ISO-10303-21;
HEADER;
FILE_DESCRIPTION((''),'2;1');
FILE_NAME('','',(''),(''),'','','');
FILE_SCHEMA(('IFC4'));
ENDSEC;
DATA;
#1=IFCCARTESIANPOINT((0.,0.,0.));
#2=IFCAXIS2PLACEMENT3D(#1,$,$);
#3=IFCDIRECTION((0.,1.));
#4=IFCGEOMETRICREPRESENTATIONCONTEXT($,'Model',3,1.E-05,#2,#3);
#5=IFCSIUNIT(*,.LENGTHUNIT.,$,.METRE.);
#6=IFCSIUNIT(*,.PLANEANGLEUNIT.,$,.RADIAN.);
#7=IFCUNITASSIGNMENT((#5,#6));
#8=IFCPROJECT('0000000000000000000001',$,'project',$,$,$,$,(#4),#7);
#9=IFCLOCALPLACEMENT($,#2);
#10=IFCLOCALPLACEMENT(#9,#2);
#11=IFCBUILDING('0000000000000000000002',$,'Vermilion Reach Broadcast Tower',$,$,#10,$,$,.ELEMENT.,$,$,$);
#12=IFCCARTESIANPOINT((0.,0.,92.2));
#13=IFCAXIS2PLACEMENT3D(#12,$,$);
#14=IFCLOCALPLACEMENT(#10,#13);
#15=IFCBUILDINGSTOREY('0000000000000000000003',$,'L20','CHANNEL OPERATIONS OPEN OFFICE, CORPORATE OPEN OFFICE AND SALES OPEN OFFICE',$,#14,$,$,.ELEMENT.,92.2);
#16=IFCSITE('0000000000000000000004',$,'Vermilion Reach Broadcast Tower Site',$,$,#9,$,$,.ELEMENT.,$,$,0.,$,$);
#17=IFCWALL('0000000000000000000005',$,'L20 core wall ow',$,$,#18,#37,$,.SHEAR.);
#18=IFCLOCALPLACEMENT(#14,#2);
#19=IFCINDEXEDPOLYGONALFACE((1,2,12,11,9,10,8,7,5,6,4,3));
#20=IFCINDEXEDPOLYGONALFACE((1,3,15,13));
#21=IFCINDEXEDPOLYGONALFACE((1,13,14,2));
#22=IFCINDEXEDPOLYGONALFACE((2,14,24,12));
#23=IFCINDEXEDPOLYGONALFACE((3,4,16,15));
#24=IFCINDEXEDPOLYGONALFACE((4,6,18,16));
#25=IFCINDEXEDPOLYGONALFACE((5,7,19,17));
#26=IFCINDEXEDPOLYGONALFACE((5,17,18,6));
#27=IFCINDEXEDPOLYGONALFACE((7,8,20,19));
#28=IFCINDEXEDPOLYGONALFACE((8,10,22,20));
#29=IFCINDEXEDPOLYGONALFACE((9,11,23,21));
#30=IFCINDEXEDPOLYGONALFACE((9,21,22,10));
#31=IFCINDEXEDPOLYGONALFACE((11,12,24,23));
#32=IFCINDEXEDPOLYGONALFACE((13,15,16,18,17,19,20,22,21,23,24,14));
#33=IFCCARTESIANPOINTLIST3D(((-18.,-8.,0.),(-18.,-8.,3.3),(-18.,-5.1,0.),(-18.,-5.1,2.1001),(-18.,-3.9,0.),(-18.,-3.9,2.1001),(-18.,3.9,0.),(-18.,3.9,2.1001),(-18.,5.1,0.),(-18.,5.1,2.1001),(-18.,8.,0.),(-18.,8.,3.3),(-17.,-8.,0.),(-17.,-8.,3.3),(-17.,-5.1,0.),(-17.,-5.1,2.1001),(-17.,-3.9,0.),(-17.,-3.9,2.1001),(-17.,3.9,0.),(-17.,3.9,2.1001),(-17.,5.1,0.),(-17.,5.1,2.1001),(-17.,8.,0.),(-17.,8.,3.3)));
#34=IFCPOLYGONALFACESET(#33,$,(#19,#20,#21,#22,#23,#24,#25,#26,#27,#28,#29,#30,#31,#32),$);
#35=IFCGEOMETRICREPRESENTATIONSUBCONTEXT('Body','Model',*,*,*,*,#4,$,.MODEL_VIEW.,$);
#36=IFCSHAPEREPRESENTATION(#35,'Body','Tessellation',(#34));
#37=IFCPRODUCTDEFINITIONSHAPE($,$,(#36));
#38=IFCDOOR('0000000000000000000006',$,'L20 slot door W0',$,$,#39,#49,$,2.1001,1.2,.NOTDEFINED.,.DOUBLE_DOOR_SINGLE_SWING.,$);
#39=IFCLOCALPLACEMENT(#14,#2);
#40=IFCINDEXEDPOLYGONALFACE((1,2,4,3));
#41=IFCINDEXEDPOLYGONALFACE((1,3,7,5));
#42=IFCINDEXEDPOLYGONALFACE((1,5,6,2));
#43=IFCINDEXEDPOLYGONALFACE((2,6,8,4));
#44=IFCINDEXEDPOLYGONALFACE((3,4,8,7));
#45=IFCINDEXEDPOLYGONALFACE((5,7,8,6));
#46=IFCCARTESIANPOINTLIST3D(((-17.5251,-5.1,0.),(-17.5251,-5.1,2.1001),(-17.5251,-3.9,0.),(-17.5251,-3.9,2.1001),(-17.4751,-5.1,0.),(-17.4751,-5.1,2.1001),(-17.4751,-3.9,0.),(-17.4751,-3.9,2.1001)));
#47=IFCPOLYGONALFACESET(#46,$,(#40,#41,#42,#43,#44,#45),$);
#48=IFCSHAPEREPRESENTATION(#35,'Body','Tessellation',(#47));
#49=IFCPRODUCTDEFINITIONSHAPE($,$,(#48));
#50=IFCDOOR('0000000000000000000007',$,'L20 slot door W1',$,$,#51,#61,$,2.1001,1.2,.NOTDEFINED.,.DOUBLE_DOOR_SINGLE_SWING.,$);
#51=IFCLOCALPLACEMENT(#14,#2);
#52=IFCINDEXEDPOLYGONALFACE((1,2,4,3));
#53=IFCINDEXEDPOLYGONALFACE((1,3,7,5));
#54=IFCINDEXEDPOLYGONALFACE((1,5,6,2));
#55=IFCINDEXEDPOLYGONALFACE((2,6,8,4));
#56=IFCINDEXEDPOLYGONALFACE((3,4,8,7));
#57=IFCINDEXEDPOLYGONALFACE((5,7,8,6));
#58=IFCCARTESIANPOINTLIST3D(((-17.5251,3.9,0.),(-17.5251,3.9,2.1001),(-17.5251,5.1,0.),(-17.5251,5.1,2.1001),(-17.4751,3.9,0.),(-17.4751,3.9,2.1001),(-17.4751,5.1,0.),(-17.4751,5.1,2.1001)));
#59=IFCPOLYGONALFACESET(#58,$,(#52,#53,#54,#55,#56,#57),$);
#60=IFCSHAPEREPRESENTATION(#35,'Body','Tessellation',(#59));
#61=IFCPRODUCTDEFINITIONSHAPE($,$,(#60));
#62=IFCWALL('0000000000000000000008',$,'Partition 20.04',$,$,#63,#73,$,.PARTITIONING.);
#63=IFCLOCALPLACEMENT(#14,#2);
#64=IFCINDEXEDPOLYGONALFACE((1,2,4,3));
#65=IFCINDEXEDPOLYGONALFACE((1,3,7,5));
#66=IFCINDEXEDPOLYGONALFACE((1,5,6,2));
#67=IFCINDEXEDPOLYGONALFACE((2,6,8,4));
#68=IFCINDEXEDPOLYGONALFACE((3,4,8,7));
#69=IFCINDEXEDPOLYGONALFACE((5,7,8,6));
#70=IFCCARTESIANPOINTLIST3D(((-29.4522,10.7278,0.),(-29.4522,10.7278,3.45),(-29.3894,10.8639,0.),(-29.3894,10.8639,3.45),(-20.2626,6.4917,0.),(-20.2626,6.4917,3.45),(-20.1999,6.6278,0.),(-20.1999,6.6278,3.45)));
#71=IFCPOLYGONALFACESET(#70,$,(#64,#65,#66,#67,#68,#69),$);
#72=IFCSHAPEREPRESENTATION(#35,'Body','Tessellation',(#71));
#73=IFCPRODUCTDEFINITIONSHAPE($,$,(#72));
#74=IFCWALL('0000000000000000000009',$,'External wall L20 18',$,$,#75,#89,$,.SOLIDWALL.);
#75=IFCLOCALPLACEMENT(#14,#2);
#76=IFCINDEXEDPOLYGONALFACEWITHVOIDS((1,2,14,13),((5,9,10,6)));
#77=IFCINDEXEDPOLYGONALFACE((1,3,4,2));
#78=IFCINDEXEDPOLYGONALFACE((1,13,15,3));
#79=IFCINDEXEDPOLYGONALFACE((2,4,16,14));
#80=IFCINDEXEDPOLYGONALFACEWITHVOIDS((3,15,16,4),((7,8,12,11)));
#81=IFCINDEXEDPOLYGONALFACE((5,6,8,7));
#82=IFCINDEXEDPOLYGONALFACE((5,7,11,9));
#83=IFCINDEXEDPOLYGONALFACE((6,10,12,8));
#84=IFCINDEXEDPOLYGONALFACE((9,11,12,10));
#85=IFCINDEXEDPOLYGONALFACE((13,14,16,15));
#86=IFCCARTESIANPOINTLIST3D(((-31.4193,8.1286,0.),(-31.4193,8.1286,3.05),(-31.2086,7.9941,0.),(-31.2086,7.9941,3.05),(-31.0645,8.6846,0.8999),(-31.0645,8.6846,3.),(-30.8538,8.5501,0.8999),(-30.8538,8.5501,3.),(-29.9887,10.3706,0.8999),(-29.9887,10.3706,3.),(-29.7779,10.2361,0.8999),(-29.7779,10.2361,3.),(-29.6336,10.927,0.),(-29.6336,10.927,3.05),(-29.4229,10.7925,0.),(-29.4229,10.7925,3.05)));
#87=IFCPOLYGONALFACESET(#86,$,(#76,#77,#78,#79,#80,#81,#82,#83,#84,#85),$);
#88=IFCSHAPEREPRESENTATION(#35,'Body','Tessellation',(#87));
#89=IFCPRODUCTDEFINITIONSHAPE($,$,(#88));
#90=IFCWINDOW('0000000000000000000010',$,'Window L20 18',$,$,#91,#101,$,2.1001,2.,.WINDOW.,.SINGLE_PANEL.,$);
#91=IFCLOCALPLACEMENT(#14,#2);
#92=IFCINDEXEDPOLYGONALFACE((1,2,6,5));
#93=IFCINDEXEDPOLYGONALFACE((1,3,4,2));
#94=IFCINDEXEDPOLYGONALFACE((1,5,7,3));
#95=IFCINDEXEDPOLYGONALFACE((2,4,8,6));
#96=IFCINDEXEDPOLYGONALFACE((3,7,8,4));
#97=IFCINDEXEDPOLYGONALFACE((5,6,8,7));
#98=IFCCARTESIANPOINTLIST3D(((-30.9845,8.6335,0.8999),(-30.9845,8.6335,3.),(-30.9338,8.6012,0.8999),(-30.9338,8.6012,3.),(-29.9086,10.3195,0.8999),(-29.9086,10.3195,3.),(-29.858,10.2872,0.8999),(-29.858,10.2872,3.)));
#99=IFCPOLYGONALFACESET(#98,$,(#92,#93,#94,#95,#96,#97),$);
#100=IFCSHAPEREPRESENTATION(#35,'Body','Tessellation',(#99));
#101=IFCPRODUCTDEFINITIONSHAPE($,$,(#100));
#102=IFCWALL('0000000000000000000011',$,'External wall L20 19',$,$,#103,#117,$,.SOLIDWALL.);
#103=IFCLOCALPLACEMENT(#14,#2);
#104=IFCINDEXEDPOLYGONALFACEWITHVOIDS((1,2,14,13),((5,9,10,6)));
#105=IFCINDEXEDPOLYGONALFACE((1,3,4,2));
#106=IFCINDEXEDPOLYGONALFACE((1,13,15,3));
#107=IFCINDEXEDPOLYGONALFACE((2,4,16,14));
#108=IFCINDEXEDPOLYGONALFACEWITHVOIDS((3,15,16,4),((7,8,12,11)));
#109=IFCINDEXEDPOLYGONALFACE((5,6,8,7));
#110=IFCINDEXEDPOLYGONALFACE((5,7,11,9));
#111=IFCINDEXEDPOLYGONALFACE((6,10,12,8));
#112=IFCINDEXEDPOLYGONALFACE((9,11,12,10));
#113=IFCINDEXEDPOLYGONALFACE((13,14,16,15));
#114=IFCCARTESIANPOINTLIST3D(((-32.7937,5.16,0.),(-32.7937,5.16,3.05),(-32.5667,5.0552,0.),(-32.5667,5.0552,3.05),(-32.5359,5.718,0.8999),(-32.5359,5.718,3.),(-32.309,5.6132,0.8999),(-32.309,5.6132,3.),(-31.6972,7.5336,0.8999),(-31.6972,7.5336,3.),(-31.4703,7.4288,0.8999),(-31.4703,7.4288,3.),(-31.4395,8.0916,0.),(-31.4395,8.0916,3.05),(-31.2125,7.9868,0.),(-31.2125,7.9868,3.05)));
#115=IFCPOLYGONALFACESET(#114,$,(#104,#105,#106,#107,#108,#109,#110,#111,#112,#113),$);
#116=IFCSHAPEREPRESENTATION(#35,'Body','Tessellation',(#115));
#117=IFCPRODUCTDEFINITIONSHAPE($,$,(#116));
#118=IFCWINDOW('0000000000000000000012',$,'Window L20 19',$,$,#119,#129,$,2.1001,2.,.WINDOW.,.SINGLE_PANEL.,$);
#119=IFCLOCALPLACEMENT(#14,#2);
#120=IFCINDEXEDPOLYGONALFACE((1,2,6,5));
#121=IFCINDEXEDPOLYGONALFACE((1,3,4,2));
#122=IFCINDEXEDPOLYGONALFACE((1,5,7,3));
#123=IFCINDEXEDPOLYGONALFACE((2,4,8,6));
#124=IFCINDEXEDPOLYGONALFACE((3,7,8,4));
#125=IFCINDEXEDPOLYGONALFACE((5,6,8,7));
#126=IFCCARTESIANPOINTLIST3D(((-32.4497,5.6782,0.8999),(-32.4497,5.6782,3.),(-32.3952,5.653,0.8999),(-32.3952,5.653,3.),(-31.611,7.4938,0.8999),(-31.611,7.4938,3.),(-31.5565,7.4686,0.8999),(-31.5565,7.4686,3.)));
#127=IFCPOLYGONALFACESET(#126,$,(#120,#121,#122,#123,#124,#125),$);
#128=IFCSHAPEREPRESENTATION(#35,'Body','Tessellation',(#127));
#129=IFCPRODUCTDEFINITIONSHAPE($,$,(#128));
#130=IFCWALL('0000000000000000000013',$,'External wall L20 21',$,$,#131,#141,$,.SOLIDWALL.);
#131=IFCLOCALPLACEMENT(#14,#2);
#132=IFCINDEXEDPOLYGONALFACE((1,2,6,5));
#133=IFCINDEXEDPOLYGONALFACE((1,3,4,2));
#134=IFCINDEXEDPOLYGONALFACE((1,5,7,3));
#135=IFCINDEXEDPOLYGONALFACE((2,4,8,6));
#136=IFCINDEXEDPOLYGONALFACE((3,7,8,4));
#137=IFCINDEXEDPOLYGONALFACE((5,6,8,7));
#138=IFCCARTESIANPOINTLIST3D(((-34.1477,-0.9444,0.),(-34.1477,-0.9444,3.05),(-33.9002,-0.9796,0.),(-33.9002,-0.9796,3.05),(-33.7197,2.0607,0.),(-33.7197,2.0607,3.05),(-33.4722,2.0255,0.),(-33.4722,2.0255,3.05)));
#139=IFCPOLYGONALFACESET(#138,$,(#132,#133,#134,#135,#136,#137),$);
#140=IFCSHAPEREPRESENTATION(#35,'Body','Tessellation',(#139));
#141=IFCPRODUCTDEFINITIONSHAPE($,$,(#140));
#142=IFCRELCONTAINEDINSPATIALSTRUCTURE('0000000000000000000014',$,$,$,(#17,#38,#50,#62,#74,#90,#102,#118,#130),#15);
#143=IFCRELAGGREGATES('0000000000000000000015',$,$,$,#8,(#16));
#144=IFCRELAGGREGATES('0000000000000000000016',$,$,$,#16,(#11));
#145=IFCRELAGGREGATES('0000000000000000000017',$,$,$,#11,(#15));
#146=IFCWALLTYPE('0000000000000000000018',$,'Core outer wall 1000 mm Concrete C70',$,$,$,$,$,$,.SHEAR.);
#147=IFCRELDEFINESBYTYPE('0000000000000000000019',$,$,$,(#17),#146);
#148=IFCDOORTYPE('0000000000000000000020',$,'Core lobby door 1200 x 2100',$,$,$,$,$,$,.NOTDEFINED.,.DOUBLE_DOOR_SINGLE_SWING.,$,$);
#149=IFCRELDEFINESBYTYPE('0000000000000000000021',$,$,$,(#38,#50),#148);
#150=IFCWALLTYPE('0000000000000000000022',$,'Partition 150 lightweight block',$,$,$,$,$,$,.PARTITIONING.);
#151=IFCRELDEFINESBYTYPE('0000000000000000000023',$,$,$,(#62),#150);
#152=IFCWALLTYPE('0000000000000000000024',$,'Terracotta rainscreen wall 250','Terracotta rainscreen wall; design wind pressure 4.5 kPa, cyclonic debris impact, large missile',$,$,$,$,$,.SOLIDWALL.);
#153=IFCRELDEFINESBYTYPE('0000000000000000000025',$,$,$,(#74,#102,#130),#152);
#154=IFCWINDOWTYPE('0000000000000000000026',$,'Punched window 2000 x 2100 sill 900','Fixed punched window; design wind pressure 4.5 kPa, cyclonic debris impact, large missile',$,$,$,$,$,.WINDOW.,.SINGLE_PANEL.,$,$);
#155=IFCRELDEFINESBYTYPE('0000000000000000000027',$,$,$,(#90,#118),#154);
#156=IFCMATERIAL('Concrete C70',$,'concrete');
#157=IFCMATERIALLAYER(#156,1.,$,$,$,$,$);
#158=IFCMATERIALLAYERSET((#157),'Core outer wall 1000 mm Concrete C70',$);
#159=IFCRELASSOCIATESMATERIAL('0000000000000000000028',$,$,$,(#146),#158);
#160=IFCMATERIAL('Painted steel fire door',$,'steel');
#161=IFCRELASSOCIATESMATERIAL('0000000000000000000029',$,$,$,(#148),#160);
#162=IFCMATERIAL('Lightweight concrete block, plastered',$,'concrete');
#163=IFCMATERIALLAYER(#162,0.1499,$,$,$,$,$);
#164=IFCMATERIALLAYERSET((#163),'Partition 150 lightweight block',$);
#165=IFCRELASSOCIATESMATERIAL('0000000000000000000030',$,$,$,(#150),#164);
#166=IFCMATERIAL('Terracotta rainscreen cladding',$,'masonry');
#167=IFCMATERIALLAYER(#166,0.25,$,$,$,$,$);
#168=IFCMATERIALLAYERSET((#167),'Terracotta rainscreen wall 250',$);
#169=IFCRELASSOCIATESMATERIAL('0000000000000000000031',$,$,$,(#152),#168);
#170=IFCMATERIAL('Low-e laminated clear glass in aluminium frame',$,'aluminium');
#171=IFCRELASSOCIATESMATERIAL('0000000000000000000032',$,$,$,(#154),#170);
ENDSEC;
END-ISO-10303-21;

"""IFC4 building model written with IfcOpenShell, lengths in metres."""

from ifc_helpers import new_model, si_unit, direction, frame, frame_2d, origin, place, context, subcontext, project, spatial, rectangle, extrude, material, layer, layer_set, type_object, element, fill, save


model = new_model("IFC4")

# Units and contexts
model_context = context("Model", 3, precision=1e-05, world=origin(), true_north=direction((0.0, 1.0)))
body_context = subcontext(model_context, "Body", "Model", "MODEL_VIEW")
ifc_project = project(units=[si_unit("LENGTHUNIT", "METRE"), si_unit("PLANEANGLEUNIT", "RADIAN")], contexts=[model_context])

# Site, building, storey
site_placement = place(None, origin())
site = spatial("IfcSite", under=ifc_project, at=site_placement, Name="Vermilion Reach Broadcast Tower Site", CompositionType="ELEMENT", RefElevation=0.0)
building_placement = place(site_placement, origin())
building = spatial("IfcBuilding", under=site, at=building_placement, Name="Vermilion Reach Broadcast Tower", CompositionType="ELEMENT")
storey_placement = place(building_placement, frame((0.0, 0.0, 92.2)))
storey = spatial("IfcBuildingStorey", under=building, at=storey_placement, Name="L20", Description="CHANNEL OPERATIONS OPEN OFFICE, CORPORATE OPEN OFFICE AND SALES OPEN OFFICE", CompositionType="ELEMENT", Elevation=92.2)

# Wall, openings, doors
ifc_material_1 = material(Name="Concrete C70", Category="concrete")
ifc_layer_1 = layer(ifc_material_1, 1.0)
ifc_layer_set_1 = layer_set([ifc_layer_1], Name="Core outer wall 1000 mm Concrete C70")
wall_type_1 = type_object("IfcWallType", Name="Core outer wall 1000 mm Concrete C70", PredefinedType="SHEAR", material=ifc_layer_set_1)
wall_1_placement = place(storey_placement, frame((-17.5, 8.0, 0.0), z_axis=(0.0, 0.0, 1.0), x_axis=(0.0, -1.0, 0.0)))
wall_1 = element("IfcWall", 1, at=wall_1_placement, inside=storey, type_object=wall_type_1, Name="L20 core wall ow", PredefinedType="SHEAR", context=body_context, shape_type="SweptSolid", body=[
    extrude(rectangle(XDim=16.0, YDim=1.0, at=frame_2d((8.0, 0.0))), origin(), (0.0, 0.0, 1.0), 3.3),
])
opening_1_placement = place(wall_1_placement, frame((11.8999, 0.0, 0.0)))
opening_1 = element("IfcOpeningElement", 2, at=opening_1_placement, cuts=wall_1, PredefinedType="OPENING", context=body_context, shape_type="SweptSolid", body=[
    extrude(rectangle(XDim=1.2, YDim=2.1001, at=frame_2d((0.6001, 1.05))), frame((0.0, 0.51, 0.0), z_axis=(0.0, -1.0, 0.0), x_axis=(1.0, 0.0, 0.0)), (0.0, 0.0, 1.0), 1.02),
])
opening_2_placement = place(wall_1_placement, frame((2.8999, 0.0, 0.0)))
opening_2 = element("IfcOpeningElement", 3, at=opening_2_placement, cuts=wall_1, PredefinedType="OPENING", context=body_context, shape_type="SweptSolid", body=[
    extrude(rectangle(XDim=1.2, YDim=2.1001, at=frame_2d((0.6001, 1.05))), frame((0.0, 0.51, 0.0), z_axis=(0.0, -1.0, 0.0), x_axis=(1.0, 0.0, 0.0)), (0.0, 0.0, 1.0), 1.02),
])
ifc_material_2 = material(Name="Painted steel fire door", Category="steel")
door_type_1 = type_object("IfcDoorType", Name="Core lobby door 1200 x 2100", OperationType="DOUBLE_DOOR_SINGLE_SWING", PredefinedType="NOTDEFINED", material=ifc_material_2)
door_1_placement = place(opening_1_placement, origin())
door_1 = element("IfcDoor", 4, at=door_1_placement, inside=storey, type_object=door_type_1, Name="L20 slot door W0", OperationType="DOUBLE_DOOR_SINGLE_SWING", OverallHeight=2.1001, OverallWidth=1.2, PredefinedType="NOTDEFINED", context=body_context, shape_type="SweptSolid", body=[
    extrude(rectangle(XDim=1.2, YDim=2.1001, at=frame_2d((0.6001, 1.05))), frame((0.0, 0.0249, 0.0), z_axis=(0.0, -1.0, 0.0), x_axis=(1.0, 0.0, 0.0)), (0.0, 0.0, 1.0), 0.05),
])
fill(opening_1, door_1)
door_2_placement = place(opening_2_placement, origin())
door_2 = element("IfcDoor", 5, at=door_2_placement, inside=storey, type_object=door_type_1, Name="L20 slot door W1", OperationType="DOUBLE_DOOR_SINGLE_SWING", OverallHeight=2.1001, OverallWidth=1.2, PredefinedType="NOTDEFINED", context=body_context, shape_type="SweptSolid", body=[
    extrude(rectangle(XDim=1.2, YDim=2.1001, at=frame_2d((0.6001, 1.05))), frame((0.0, 0.0249, 0.0), z_axis=(0.0, -1.0, 0.0), x_axis=(1.0, 0.0, 0.0)), (0.0, 0.0, 1.0), 0.05),
])
fill(opening_2, door_2)

# Wall
ifc_material_3 = material(Name="Lightweight concrete block, plastered", Category="concrete")
ifc_layer_2 = layer(ifc_material_3, 0.1499)
ifc_layer_set_2 = layer_set([ifc_layer_2], Name="Partition 150 lightweight block")
wall_type_2 = type_object("IfcWallType", Name="Partition 150 lightweight block", PredefinedType="PARTITIONING", material=ifc_layer_set_2)
wall_2_placement = place(storey_placement, frame((-29.4209, 10.7959, 0.0), z_axis=(0.0, 0.0, 1.0), x_axis=(0.908155, -0.418634, 0.0)))
element("IfcWall", 6, at=wall_2_placement, inside=storey, type_object=wall_type_2, Name="Partition 20.04", PredefinedType="PARTITIONING", context=body_context, shape_type="SweptSolid", body=[
    extrude(rectangle(XDim=10.1189, YDim=0.1499, at=frame_2d((5.0596, 0.0))), origin(), (0.0, 0.0, 1.0), 3.45),
])

# Walls, openings, windows
ifc_material_4 = material(Name="Terracotta rainscreen cladding", Category="masonry")
ifc_layer_3 = layer(ifc_material_4, 0.25)
ifc_layer_set_3 = layer_set([ifc_layer_3], Name="Terracotta rainscreen wall 250")
wall_type_3 = type_object("IfcWallType", Name="Terracotta rainscreen wall 250", Description="Terracotta rainscreen wall; design wind pressure 4.5 kPa, cyclonic debris impact, large missile", PredefinedType="SOLIDWALL", material=ifc_layer_set_3)
wall_3_placement = place(storey_placement, frame((-29.5283, 10.8596, 0.0), z_axis=(0.0, 0.0, 1.0), x_axis=(-0.537922, -0.842995, 0.0)))
wall_3 = element("IfcWall", 7, at=wall_3_placement, inside=storey, type_object=wall_type_3, Name="External wall L20 18", PredefinedType="SOLIDWALL", context=body_context, shape_type="SweptSolid", body=[
    extrude(rectangle(XDim=3.3196, YDim=0.25, at=frame_2d((1.6597, 0.0))), origin(), (0.0, 0.0, 1.0), 3.05),
])
opening_3_placement = place(wall_3_placement, frame((0.6599, 0.0, 0.8999)))
opening_3 = element("IfcOpeningElement", 8, at=opening_3_placement, cuts=wall_3, PredefinedType="OPENING", context=body_context, shape_type="SweptSolid", body=[
    extrude(rectangle(XDim=2.0, YDim=2.1001, at=frame_2d((1.0, 1.05))), frame((0.0, 0.135, 0.0), z_axis=(0.0, -1.0, 0.0), x_axis=(1.0, 0.0, 0.0)), (0.0, 0.0, 1.0), 0.27),
])
ifc_material_5 = material(Name="Low-e laminated clear glass in aluminium frame", Category="aluminium")
window_type = type_object("IfcWindowType", Name="Punched window 2000 x 2100 sill 900", Description="Fixed punched window; design wind pressure 4.5 kPa, cyclonic debris impact, large missile", PartitioningType="SINGLE_PANEL", PredefinedType="WINDOW", material=ifc_material_5)
window_1_placement = place(opening_3_placement, origin())
window_1 = element("IfcWindow", 9, at=window_1_placement, inside=storey, type_object=window_type, Name="Window L20 18", OverallHeight=2.1001, OverallWidth=2.0, PartitioningType="SINGLE_PANEL", PredefinedType="WINDOW", context=body_context, shape_type="SweptSolid", body=[
    extrude(rectangle(XDim=2.0, YDim=2.1001, at=frame_2d((1.0, 1.05))), frame((0.0, 0.03, 0.0), z_axis=(0.0, -1.0, 0.0), x_axis=(1.0, 0.0, 0.0)), (0.0, 0.0, 1.0), 0.0601),
])
fill(opening_3, window_1)
wall_4_placement = place(storey_placement, frame((-31.3259, 8.0393, 0.0), z_axis=(0.0, 0.0, 1.0), x_axis=(-0.41936, -0.90782, 0.0)))
wall_4 = element("IfcWall", 10, at=wall_4_placement, inside=storey, type_object=wall_type_3, Name="External wall L20 19", PredefinedType="SOLIDWALL", context=body_context, shape_type="SweptSolid", body=[
    extrude(rectangle(XDim=3.2292, YDim=0.25, at=frame_2d((1.6147, 0.0))), origin(), (0.0, 0.0, 1.0), 3.05),
])
opening_4_placement = place(wall_4_placement, frame((0.6147, 0.0, 0.8999)))
opening_4 = element("IfcOpeningElement", 11, at=opening_4_placement, cuts=wall_4, PredefinedType="OPENING", context=body_context, shape_type="SweptSolid", body=[
    extrude(rectangle(XDim=2.0, YDim=2.1001, at=frame_2d((1.0, 1.05))), frame((0.0, 0.135, 0.0), z_axis=(0.0, -1.0, 0.0), x_axis=(1.0, 0.0, 0.0)), (0.0, 0.0, 1.0), 0.27),
])
window_2_placement = place(opening_4_placement, origin())
window_2 = element("IfcWindow", 12, at=window_2_placement, inside=storey, type_object=window_type, Name="Window L20 19", OverallHeight=2.1001, OverallWidth=2.0, PartitioningType="SINGLE_PANEL", PredefinedType="WINDOW", context=body_context, shape_type="SweptSolid", body=[
    extrude(rectangle(XDim=2.0, YDim=2.1001, at=frame_2d((1.0, 1.05))), frame((0.0, 0.03, 0.0), z_axis=(0.0, -1.0, 0.0), x_axis=(1.0, 0.0, 0.0)), (0.0, 0.0, 1.0), 0.0601),
])
fill(opening_4, window_2)

# Wall
wall_5_placement = place(storey_placement, frame((-33.5959, 2.043, 0.0), z_axis=(0.0, 0.0, 1.0), x_axis=(-0.140993, -0.990011, 0.0)))
element("IfcWall", 13, at=wall_5_placement, inside=storey, type_object=wall_type_3, Name="External wall L20 21", PredefinedType="SOLIDWALL", context=body_context, shape_type="SweptSolid", body=[
    extrude(rectangle(XDim=3.0354, YDim=0.25, at=frame_2d((1.5176, 0.0))), origin(), (0.0, 0.0, 1.0), 3.05),
])

save(model, "model.ifc")
